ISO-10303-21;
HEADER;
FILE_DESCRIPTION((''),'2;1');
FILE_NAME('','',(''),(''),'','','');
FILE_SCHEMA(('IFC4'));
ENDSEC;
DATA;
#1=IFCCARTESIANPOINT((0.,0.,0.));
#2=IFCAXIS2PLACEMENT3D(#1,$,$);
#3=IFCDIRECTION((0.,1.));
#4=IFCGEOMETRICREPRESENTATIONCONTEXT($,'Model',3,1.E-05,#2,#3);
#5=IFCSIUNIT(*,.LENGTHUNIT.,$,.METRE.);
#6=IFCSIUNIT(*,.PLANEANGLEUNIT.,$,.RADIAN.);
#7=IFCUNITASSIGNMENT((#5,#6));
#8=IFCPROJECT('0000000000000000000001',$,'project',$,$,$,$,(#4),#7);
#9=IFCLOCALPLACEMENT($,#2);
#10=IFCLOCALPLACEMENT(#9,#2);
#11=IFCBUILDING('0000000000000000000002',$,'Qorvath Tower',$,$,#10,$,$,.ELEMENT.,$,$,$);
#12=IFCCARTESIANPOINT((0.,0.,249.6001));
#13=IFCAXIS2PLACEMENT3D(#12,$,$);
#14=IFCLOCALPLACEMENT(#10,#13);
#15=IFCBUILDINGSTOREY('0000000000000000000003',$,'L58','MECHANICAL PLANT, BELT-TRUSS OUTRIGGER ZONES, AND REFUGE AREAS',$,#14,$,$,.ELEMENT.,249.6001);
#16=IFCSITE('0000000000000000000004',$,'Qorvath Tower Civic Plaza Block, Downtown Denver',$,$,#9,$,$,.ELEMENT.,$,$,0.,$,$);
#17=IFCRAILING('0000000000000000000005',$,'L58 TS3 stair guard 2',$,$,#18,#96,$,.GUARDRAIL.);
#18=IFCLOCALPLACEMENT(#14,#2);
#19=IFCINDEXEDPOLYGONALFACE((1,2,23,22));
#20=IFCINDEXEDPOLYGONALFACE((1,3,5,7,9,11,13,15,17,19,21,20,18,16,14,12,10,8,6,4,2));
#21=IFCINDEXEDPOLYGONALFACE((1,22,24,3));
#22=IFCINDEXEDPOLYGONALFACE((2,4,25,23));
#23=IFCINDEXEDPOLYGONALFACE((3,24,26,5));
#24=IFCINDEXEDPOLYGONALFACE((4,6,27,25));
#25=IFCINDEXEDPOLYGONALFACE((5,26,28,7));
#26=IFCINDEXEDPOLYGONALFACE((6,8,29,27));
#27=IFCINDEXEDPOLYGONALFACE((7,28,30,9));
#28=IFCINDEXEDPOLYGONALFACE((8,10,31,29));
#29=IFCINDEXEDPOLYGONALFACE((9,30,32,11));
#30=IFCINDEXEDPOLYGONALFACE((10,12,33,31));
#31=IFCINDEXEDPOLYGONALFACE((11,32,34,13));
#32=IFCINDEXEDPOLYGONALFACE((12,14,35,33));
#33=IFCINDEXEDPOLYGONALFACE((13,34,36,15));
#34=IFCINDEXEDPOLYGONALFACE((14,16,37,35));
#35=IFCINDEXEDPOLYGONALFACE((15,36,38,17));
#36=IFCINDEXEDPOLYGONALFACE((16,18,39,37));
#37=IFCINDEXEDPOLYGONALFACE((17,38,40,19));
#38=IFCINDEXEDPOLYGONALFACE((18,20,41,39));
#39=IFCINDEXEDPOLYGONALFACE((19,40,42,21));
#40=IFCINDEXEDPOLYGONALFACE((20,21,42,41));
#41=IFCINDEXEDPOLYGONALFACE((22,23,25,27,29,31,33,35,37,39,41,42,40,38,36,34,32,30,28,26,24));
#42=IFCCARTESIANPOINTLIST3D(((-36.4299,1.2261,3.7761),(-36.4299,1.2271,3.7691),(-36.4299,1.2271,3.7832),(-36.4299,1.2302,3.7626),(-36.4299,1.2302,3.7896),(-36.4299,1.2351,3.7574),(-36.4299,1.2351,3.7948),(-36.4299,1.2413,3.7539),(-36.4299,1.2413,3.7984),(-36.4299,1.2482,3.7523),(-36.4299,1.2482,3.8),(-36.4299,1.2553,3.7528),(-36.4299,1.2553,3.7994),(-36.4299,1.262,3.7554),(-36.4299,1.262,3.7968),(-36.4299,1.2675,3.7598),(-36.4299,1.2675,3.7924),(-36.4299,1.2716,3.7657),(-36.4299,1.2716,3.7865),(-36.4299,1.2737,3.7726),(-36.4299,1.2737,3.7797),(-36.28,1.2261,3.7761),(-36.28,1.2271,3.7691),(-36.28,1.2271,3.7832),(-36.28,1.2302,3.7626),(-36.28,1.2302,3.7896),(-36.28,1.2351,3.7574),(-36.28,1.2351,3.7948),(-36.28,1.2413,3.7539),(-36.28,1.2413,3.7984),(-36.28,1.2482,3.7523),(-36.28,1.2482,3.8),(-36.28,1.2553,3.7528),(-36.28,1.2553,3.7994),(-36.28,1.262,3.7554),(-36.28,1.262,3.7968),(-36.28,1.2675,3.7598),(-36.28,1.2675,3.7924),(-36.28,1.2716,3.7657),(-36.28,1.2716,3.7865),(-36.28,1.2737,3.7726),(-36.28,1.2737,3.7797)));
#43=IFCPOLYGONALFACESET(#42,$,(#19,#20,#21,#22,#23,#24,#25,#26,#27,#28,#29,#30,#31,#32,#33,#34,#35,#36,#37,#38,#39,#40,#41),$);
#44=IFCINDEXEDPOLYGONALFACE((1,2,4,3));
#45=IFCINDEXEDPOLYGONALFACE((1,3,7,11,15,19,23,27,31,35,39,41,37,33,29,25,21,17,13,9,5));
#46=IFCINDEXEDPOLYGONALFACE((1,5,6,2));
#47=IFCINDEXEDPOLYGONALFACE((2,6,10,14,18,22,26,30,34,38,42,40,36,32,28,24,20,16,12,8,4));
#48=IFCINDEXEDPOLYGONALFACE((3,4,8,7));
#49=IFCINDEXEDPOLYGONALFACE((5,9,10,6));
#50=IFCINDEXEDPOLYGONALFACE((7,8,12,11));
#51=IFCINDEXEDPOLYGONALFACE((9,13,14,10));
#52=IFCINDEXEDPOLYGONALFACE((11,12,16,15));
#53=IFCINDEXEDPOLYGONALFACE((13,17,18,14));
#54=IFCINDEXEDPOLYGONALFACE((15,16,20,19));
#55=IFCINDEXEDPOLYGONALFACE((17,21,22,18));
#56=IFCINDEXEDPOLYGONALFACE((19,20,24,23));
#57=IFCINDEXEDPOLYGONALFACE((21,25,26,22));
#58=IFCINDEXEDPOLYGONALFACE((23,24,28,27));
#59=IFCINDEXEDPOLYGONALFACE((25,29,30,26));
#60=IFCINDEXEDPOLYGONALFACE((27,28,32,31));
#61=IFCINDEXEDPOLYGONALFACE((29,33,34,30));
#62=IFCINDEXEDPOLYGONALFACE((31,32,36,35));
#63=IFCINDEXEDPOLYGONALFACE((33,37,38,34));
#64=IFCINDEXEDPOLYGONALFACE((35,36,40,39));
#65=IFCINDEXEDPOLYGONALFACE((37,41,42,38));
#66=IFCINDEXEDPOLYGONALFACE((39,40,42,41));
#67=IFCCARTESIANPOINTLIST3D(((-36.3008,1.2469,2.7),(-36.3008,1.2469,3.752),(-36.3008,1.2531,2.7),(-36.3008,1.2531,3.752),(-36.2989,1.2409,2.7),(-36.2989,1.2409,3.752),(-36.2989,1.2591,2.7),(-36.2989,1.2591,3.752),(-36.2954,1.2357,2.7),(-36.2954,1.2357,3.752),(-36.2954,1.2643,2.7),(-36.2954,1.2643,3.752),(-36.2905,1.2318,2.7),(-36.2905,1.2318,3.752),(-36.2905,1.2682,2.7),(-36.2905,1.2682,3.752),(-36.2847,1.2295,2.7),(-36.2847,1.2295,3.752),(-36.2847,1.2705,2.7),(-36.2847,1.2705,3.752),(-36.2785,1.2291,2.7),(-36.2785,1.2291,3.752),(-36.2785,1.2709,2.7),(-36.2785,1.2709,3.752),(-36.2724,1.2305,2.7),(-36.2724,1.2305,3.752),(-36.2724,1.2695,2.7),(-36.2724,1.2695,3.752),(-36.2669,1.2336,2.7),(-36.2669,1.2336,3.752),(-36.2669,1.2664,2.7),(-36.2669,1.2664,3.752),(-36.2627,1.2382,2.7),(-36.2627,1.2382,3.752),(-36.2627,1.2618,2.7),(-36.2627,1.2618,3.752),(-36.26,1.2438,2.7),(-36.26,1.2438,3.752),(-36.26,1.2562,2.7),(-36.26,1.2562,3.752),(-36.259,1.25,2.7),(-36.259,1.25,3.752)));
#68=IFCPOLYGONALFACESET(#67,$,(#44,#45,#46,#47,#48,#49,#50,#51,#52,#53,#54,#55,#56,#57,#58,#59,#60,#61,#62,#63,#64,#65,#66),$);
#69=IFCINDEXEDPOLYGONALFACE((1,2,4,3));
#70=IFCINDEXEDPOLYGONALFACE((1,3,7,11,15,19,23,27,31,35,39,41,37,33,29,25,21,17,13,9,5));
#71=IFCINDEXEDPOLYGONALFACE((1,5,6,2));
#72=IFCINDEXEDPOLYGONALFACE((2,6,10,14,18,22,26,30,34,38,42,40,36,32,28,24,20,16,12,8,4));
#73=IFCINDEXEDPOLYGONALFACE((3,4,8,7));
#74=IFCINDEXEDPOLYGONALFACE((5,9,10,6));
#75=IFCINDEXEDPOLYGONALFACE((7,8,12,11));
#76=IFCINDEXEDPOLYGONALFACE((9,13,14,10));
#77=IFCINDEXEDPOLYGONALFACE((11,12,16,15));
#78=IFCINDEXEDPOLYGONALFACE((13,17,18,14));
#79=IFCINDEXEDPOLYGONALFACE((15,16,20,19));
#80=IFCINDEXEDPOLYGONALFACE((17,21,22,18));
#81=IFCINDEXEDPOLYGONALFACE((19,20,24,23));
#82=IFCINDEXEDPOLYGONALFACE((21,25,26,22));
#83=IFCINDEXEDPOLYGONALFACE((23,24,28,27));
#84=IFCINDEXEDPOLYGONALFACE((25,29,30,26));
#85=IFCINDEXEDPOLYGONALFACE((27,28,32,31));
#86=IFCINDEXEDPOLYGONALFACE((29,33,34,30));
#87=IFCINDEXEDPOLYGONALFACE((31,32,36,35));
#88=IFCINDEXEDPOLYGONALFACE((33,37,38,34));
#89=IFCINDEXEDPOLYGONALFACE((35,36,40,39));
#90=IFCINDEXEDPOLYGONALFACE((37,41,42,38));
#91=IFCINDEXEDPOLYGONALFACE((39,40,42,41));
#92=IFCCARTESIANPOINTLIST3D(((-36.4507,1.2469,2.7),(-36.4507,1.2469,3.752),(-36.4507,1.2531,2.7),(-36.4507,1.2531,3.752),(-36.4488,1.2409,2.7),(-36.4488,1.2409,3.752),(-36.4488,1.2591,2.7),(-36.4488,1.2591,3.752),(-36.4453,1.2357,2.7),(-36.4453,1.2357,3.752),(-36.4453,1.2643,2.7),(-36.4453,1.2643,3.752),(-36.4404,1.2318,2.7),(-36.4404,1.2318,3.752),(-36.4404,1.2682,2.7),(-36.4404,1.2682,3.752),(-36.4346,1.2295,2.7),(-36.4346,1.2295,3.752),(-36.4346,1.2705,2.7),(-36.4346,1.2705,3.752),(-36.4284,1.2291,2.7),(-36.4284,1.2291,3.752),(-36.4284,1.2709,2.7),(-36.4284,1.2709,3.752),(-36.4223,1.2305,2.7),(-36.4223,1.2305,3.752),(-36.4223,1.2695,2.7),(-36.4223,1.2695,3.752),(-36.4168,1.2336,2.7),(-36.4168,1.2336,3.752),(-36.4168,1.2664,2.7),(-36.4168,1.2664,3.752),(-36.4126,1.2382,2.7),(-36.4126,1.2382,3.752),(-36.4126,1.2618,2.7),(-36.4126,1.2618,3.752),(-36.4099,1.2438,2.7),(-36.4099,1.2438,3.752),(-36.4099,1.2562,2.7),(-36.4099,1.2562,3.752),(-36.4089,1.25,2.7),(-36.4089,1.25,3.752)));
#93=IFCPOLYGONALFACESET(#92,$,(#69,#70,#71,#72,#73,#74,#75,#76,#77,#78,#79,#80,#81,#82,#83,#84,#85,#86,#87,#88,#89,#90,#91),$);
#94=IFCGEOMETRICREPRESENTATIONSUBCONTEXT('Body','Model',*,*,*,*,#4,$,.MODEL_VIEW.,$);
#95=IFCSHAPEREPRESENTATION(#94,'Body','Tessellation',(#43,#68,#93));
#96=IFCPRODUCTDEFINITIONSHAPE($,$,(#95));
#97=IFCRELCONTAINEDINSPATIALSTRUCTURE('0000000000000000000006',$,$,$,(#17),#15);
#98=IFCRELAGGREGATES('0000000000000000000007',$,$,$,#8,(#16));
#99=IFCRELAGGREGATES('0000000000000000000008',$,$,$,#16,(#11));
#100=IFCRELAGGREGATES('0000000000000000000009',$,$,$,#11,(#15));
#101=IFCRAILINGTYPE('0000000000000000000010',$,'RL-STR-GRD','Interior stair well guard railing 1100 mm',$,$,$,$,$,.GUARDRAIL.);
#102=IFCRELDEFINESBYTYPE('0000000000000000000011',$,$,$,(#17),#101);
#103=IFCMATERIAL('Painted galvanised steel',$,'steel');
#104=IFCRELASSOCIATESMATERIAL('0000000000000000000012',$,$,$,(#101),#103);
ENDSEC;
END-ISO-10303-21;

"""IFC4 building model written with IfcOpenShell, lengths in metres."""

from ifc_helpers import new_model, si_unit, direction, frame, origin, origin_2d, place, context, subcontext, project, spatial, circle, extrude, material, type_object, element, save


model = new_model("IFC4")

# Units and contexts
model_context = context("Model", 3, precision=1e-05, world=origin(), true_north=direction((0.0, 1.0)))
body_context = subcontext(model_context, "Body", "Model", "MODEL_VIEW")
ifc_project = project(units=[si_unit("LENGTHUNIT", "METRE"), si_unit("PLANEANGLEUNIT", "RADIAN")], contexts=[model_context])

# Site, building, storey
site_placement = place(None, origin())
site = spatial("IfcSite", under=ifc_project, at=site_placement, Name="Qorvath Tower Civic Plaza Block, Downtown Denver", CompositionType="ELEMENT", RefElevation=0.0)
building_placement = place(site_placement, origin())
building = spatial("IfcBuilding", under=site, at=building_placement, Name="Qorvath Tower", CompositionType="ELEMENT")
storey_placement = place(building_placement, frame((0.0, 0.0, 249.6001)))
storey = spatial("IfcBuildingStorey", under=building, at=storey_placement, Name="L58", Description="MECHANICAL PLANT, BELT-TRUSS OUTRIGGER ZONES, AND REFUGE AREAS", CompositionType="ELEMENT", Elevation=249.6001)

# Railing
ifc_material_1 = material(Name="Painted galvanised steel", Category="steel")
railing_type_1 = type_object("IfcRailingType", Name="RL-STR-GRD", Description="Interior stair well guard railing 1100 mm", PredefinedType="GUARDRAIL", material=ifc_material_1)
railing_1_placement = place(storey_placement, frame((-36.28, 1.25, 2.7)))
element("IfcRailing", 1, at=railing_1_placement, inside=storey, type_object=railing_type_1, Name="L58 TS3 stair guard 2", PredefinedType="GUARDRAIL", context=body_context, shape_type="SweptSolid", body=[
    extrude(circle(Radius=0.0239, at=origin_2d()), frame((0.0, 0.0, 1.0762), z_axis=(-1.0, 0.0, 0.0), x_axis=(0.0, -1.0, 0.0)), (0.0, 0.0, 1.0), 0.1499),
    extrude(circle(Radius=0.021, at=origin_2d()), origin(), (0.0, 0.0, 1.0), 1.052),
    extrude(circle(Radius=0.021, at=origin_2d()), frame((-0.1499, 0.0, 0.0)), (0.0, 0.0, 1.0), 1.052),
])

save(model, "model.ifc")
